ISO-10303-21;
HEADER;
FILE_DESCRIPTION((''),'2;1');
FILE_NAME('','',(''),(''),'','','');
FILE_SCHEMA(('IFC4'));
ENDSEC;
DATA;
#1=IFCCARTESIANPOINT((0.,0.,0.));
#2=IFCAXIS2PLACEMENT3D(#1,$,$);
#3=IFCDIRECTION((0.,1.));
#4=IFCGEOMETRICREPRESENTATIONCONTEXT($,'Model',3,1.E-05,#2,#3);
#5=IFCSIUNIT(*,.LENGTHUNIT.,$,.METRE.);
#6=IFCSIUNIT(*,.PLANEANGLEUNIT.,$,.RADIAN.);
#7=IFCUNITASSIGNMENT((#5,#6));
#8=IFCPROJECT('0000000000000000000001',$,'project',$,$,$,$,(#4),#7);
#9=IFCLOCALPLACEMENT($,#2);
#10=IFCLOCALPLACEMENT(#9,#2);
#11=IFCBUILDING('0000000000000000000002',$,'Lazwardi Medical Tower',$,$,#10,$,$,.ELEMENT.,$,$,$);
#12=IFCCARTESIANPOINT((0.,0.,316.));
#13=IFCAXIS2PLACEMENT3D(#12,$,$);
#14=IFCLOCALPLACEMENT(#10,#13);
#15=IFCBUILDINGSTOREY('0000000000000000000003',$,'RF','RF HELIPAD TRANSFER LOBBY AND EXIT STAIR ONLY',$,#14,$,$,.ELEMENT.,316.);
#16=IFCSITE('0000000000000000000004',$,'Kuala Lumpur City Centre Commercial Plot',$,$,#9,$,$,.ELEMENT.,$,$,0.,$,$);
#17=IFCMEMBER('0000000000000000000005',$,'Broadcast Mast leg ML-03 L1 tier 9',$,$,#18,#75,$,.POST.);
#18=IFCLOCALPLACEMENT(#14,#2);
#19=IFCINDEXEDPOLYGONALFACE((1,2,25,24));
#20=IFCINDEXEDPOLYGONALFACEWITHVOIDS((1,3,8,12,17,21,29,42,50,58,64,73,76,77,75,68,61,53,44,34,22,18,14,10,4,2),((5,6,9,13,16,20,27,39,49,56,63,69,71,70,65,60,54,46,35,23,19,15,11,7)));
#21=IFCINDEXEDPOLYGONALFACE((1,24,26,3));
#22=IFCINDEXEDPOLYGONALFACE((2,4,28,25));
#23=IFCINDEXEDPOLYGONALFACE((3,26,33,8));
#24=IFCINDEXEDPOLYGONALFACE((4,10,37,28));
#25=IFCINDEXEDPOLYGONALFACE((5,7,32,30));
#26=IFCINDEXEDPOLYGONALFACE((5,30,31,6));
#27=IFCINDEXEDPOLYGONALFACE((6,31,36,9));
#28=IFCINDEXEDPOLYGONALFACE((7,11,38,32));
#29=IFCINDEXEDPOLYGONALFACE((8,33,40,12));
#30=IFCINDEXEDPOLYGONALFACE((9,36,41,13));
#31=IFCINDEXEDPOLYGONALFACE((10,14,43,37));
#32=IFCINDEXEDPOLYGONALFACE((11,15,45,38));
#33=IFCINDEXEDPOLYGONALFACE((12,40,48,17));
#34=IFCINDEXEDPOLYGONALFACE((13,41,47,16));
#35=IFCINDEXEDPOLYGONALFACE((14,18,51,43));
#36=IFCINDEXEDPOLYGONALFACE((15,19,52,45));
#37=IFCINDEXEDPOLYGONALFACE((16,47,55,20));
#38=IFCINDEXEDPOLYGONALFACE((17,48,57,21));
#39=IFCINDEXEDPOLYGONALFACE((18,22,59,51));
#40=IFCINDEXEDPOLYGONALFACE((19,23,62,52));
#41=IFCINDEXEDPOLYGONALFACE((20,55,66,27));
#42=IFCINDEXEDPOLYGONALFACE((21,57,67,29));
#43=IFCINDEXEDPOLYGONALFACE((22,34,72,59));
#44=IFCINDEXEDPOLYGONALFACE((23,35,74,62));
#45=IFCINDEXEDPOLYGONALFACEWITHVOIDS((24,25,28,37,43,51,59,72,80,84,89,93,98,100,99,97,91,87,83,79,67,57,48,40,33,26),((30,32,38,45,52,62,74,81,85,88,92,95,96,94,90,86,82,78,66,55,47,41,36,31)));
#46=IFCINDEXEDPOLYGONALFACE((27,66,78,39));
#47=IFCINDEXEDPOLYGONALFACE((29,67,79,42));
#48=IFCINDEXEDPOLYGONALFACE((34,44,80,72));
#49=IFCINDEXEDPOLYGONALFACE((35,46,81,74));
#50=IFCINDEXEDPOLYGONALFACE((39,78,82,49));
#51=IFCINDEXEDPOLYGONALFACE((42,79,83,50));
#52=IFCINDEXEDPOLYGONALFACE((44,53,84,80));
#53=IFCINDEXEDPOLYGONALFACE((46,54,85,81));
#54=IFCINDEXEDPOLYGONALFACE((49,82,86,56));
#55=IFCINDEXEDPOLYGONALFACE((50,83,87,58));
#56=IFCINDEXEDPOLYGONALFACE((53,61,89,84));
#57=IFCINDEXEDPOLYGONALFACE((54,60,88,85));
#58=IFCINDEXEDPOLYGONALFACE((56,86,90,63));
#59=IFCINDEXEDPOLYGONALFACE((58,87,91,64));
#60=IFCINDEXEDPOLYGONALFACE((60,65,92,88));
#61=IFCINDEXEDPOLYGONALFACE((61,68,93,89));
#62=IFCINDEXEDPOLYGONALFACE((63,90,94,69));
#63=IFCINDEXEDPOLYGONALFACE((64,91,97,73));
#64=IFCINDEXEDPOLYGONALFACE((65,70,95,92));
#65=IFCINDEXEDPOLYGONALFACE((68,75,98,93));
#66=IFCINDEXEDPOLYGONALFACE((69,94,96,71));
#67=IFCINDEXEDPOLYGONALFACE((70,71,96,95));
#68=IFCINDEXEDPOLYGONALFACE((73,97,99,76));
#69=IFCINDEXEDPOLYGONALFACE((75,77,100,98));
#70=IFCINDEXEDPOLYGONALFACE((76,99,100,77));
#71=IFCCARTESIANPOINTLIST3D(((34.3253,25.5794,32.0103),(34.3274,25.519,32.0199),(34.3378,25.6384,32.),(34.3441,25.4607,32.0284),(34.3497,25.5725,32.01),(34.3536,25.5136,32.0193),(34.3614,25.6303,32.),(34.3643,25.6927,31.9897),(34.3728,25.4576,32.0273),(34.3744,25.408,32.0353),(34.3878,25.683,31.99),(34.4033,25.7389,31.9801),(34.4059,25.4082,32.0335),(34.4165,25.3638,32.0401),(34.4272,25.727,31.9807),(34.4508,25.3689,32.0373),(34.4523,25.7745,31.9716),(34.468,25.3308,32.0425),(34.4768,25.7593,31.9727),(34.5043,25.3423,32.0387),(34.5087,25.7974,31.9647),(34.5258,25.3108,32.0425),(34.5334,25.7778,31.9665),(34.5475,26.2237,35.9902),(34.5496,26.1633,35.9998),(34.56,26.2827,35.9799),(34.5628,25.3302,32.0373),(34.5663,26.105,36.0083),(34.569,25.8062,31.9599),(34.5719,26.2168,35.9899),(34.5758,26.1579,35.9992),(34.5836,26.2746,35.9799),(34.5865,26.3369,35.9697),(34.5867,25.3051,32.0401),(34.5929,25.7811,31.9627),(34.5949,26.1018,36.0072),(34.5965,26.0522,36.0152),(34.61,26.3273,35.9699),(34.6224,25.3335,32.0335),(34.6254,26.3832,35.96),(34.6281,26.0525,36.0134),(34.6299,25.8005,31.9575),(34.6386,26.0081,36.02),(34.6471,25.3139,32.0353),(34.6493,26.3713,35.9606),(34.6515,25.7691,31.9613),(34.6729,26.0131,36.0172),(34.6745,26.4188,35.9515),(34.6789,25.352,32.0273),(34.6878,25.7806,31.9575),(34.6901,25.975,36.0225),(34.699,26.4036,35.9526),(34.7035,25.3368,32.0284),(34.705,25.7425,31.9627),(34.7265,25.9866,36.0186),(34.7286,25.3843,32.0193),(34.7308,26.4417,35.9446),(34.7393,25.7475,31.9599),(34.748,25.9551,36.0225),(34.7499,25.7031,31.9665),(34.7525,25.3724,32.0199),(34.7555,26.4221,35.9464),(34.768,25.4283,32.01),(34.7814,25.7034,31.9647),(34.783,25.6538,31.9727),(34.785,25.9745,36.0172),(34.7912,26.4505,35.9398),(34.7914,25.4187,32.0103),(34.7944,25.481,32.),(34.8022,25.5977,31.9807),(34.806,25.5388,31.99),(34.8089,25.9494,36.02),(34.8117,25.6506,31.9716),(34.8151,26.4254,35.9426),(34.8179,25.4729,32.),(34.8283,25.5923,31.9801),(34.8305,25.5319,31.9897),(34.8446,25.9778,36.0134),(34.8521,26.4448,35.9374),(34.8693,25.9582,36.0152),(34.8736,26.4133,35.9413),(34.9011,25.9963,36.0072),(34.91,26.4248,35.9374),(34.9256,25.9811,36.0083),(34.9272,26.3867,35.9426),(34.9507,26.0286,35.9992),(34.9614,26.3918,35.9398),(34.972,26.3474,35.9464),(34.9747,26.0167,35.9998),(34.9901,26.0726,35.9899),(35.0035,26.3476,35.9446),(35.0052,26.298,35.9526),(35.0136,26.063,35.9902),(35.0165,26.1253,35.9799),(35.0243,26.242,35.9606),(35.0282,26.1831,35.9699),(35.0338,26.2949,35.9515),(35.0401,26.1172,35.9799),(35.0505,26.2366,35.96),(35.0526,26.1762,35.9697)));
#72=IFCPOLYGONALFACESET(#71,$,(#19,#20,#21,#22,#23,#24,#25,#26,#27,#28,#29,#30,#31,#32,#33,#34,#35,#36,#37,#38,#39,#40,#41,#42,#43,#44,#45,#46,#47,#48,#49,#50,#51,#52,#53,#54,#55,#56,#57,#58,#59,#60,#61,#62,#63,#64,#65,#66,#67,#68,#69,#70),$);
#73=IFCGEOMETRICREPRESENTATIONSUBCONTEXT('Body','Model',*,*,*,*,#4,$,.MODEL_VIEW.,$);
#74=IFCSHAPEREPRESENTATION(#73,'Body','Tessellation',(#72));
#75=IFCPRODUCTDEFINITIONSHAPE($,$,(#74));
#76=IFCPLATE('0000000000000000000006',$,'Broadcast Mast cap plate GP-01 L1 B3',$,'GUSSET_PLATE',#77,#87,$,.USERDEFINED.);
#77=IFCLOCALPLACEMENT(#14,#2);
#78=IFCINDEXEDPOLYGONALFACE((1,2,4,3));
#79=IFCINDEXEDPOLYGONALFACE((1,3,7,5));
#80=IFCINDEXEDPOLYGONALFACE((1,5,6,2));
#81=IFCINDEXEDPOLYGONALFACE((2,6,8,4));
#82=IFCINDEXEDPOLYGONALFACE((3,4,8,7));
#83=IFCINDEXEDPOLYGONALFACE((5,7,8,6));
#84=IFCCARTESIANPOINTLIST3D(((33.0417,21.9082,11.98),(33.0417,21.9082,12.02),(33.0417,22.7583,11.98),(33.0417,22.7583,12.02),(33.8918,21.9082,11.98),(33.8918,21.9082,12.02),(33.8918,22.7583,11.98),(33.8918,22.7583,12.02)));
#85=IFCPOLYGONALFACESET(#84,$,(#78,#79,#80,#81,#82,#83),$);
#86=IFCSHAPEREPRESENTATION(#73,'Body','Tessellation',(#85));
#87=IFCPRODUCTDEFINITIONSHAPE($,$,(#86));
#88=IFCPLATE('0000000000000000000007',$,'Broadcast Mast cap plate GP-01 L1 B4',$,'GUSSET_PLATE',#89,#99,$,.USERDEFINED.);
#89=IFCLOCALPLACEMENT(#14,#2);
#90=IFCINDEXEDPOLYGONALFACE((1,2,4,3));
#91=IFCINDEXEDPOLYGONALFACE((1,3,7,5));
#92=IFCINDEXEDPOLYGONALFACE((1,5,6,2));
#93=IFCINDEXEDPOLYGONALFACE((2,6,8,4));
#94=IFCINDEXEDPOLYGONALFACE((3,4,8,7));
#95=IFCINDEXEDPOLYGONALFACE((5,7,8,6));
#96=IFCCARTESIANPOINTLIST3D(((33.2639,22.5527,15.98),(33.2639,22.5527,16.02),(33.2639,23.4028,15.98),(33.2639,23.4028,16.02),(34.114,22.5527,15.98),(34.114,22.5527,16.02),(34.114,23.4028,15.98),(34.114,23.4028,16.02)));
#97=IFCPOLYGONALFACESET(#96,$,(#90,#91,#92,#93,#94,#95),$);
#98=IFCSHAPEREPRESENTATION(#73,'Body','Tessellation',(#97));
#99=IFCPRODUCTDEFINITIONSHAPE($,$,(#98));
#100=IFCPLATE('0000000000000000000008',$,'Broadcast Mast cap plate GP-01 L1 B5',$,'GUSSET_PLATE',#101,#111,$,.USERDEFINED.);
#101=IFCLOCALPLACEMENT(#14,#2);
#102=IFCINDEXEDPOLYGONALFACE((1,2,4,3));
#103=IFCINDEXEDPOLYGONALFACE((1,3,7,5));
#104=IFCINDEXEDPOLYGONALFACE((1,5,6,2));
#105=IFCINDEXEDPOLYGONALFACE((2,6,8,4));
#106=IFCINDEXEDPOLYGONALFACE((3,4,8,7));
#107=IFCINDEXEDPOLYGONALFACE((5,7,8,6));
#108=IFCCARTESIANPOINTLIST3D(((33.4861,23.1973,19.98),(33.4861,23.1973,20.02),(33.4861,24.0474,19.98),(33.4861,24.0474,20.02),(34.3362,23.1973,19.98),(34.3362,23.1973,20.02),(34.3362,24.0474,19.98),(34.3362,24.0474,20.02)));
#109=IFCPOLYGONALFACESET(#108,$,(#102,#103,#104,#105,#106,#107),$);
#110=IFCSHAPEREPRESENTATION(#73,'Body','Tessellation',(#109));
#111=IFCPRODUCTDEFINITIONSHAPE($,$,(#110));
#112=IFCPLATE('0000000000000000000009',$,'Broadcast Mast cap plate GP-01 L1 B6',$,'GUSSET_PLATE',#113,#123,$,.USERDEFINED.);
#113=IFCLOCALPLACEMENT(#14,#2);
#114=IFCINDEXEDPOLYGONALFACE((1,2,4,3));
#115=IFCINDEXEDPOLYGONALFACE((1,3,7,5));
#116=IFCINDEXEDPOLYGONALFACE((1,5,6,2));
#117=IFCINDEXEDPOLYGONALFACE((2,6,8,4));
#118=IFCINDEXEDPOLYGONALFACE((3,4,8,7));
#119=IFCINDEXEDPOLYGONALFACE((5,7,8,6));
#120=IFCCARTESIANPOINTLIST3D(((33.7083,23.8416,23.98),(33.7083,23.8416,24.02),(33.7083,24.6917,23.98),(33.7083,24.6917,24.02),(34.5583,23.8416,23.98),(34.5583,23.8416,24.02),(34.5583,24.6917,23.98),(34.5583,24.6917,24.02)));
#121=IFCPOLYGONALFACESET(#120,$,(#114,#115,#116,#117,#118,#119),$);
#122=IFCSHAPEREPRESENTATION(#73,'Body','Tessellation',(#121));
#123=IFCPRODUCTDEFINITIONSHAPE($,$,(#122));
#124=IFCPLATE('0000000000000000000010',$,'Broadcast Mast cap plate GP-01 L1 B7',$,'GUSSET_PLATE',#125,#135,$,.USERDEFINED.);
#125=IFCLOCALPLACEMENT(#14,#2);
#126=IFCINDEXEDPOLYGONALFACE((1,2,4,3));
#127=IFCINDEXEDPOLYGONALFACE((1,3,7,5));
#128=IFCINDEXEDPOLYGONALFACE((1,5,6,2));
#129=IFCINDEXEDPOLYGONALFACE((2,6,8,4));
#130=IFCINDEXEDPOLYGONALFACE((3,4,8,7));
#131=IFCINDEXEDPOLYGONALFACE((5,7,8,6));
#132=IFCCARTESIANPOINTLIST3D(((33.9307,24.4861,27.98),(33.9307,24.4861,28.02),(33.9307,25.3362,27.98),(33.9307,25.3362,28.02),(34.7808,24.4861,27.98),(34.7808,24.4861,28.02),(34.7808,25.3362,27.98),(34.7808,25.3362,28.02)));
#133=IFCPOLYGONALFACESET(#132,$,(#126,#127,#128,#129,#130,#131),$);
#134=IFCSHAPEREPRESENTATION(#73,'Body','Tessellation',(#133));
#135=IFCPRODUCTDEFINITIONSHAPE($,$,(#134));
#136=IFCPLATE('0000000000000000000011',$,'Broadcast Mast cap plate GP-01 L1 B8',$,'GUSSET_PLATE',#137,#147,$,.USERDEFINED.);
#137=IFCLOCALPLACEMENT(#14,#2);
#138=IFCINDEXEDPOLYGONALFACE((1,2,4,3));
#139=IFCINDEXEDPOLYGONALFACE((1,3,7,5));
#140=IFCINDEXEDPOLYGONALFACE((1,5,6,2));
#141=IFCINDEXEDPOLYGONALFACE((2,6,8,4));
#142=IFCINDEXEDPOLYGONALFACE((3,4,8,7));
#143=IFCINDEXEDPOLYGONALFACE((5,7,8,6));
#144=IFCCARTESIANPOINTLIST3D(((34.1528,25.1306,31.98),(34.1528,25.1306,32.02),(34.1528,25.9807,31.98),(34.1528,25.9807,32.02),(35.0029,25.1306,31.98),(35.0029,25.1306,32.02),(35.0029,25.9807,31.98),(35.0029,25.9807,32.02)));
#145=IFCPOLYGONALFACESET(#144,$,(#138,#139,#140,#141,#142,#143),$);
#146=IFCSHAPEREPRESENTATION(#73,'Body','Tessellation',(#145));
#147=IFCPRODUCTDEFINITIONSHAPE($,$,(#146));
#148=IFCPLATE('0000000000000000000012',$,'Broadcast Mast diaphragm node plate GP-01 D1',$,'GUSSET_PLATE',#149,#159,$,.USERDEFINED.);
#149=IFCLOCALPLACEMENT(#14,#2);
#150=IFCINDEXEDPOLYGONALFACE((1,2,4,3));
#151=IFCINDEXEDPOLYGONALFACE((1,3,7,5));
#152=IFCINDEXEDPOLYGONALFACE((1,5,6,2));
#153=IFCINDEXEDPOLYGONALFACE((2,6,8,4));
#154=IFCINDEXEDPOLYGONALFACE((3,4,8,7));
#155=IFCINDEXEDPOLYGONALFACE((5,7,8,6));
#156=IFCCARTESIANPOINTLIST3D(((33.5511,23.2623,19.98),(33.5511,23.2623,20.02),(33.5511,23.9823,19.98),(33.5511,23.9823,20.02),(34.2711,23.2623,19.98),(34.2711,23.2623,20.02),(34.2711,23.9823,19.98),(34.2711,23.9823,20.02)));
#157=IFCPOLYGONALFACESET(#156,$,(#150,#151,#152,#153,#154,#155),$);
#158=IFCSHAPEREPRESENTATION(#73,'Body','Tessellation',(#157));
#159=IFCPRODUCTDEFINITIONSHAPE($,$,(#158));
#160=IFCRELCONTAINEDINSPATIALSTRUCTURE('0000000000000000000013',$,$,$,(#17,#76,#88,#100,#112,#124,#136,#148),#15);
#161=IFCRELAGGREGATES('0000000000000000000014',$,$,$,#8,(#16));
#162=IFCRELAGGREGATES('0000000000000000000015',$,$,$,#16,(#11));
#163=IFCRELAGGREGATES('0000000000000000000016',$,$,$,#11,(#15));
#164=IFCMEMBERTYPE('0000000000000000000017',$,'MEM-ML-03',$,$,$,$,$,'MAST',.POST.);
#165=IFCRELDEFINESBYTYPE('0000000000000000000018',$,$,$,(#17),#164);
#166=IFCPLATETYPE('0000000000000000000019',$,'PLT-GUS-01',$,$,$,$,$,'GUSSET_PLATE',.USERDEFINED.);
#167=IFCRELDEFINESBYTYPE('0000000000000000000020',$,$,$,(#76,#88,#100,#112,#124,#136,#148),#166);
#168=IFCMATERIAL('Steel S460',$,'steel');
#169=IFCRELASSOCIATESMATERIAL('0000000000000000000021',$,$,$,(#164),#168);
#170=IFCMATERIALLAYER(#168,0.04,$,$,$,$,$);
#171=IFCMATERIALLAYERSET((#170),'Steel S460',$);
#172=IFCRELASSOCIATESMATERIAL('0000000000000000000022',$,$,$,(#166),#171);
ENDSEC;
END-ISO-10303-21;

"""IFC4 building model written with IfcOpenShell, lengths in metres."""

from ifc_helpers import new_model, si_unit, direction, frame, origin, origin_2d, place, context, subcontext, project, spatial, rectangle, hollow_circle, extrude, material, layer, layer_set, material_profile, profile_set, type_object, element, save


model = new_model("IFC4")

# Units and contexts
model_context = context("Model", 3, precision=1e-05, world=origin(), true_north=direction((0.0, 1.0)))
body_context = subcontext(model_context, "Body", "Model", "MODEL_VIEW")
ifc_project = project(units=[si_unit("LENGTHUNIT", "METRE"), si_unit("PLANEANGLEUNIT", "RADIAN")], contexts=[model_context])

# Site, building, storey
site_placement = place(None, origin())
site = spatial("IfcSite", under=ifc_project, at=site_placement, Name="Kuala Lumpur City Centre Commercial Plot", CompositionType="ELEMENT", RefElevation=0.0)
building_placement = place(site_placement, origin())
building = spatial("IfcBuilding", under=site, at=building_placement, Name="Lazwardi Medical Tower", CompositionType="ELEMENT")
storey_placement = place(building_placement, frame((0.0, 0.0, 316.0)))
storey = spatial("IfcBuildingStorey", under=building, at=storey_placement, Name="RF", Description="RF HELIPAD TRANSFER LOBBY AND EXIT STAIR ONLY", CompositionType="ELEMENT", Elevation=316.0)

# Member
ifc_material = material(Name="Steel S460", Category="steel")
ifc_material_profile_1 = material_profile(ifc_material, hollow_circle(Radius=0.2539, WallThickness=0.0249, at=origin_2d()), Name="CHS 508x25")
ifc_profile_set_1 = profile_set([ifc_material_profile_1], Name="Steel S460")
member_type_1 = type_object("IfcMemberType", Name="MEM-ML-03", ElementType="MAST", PredefinedType="POST", material=ifc_profile_set_1)
member_1_placement = place(storey_placement, frame((34.5779, 25.5557, 32.0), z_axis=(0.055021, 0.15956, 0.985654), x_axis=(-0.945373, 0.325991, 0.0)))
element("IfcMember", 1, at=member_1_placement, inside=storey, type_object=member_type_1, Name="Broadcast Mast leg ML-03 L1 tier 9", PredefinedType="POST", context=body_context, shape_type="SweptSolid", body=[
    extrude(hollow_circle(Radius=0.2539, WallThickness=0.0249, at=origin_2d()), origin(), (0.0, 0.0, 1.0), 4.0378),
])

# Plates
ifc_layer = layer(ifc_material, 0.04)
ifc_layer_set = layer_set([ifc_layer], Name="Steel S460")
plate_type = type_object("IfcPlateType", Name="PLT-GUS-01", ElementType="GUSSET_PLATE", PredefinedType="USERDEFINED", material=ifc_layer_set)
for number, where, z_axis, x_axis, name in (
    (2, (33.4668, 22.3333, 11.98), (0.0, 0.0, 1.0), (1.0, 0.0, 0.0), "Broadcast Mast cap plate GP-01 L1 B3"),
    (3, (33.689, 22.9778, 15.98), (0.0, 0.0, 1.0), (1.0, 0.0, 0.0), "Broadcast Mast cap plate GP-01 L1 B4"),
    (4, (33.9111, 23.6223, 19.98), (0.0, 0.0, 1.0), (1.0, 0.0, 0.0), "Broadcast Mast cap plate GP-01 L1 B5"),
    (5, (34.1333, 24.2666, 23.98), (0.0, 0.0, 1.0), (1.0, 0.0, 0.0), "Broadcast Mast cap plate GP-01 L1 B6"),
    (6, (34.3557, 24.9111, 27.98), (0.0, 0.0, 1.0), (1.0, 0.0, 0.0), "Broadcast Mast cap plate GP-01 L1 B7"),
    (7, (34.5779, 25.5557, 31.98), (0.0, 0.0, 1.0), (1.0, 0.0, 0.0), "Broadcast Mast cap plate GP-01 L1 B8"),
):
    element("IfcPlate", number, at=place(storey_placement, frame(where, z_axis=z_axis, x_axis=x_axis)), inside=storey, type_object=plate_type, Name=name, ObjectType="GUSSET_PLATE", PredefinedType="USERDEFINED", context=body_context, shape_type="SweptSolid", body=[
        extrude(rectangle(XDim=0.8501, YDim=0.8501, at=origin_2d()), origin(), (0.0, 0.0, 1.0), 0.04),
    ])
plate_placement = place(storey_placement, frame((33.9111, 23.6223, 19.98), z_axis=(0.0, 0.0, 1.0), x_axis=(1.0, 0.0, 0.0)))
element("IfcPlate", 8, at=plate_placement, inside=storey, type_object=plate_type, Name="Broadcast Mast diaphragm node plate GP-01 D1", ObjectType="GUSSET_PLATE", PredefinedType="USERDEFINED", context=body_context, shape_type="SweptSolid", body=[
    extrude(rectangle(XDim=0.72, YDim=0.72, at=origin_2d()), origin(), (0.0, 0.0, 1.0), 0.04),
])

save(model, "model.ifc")
